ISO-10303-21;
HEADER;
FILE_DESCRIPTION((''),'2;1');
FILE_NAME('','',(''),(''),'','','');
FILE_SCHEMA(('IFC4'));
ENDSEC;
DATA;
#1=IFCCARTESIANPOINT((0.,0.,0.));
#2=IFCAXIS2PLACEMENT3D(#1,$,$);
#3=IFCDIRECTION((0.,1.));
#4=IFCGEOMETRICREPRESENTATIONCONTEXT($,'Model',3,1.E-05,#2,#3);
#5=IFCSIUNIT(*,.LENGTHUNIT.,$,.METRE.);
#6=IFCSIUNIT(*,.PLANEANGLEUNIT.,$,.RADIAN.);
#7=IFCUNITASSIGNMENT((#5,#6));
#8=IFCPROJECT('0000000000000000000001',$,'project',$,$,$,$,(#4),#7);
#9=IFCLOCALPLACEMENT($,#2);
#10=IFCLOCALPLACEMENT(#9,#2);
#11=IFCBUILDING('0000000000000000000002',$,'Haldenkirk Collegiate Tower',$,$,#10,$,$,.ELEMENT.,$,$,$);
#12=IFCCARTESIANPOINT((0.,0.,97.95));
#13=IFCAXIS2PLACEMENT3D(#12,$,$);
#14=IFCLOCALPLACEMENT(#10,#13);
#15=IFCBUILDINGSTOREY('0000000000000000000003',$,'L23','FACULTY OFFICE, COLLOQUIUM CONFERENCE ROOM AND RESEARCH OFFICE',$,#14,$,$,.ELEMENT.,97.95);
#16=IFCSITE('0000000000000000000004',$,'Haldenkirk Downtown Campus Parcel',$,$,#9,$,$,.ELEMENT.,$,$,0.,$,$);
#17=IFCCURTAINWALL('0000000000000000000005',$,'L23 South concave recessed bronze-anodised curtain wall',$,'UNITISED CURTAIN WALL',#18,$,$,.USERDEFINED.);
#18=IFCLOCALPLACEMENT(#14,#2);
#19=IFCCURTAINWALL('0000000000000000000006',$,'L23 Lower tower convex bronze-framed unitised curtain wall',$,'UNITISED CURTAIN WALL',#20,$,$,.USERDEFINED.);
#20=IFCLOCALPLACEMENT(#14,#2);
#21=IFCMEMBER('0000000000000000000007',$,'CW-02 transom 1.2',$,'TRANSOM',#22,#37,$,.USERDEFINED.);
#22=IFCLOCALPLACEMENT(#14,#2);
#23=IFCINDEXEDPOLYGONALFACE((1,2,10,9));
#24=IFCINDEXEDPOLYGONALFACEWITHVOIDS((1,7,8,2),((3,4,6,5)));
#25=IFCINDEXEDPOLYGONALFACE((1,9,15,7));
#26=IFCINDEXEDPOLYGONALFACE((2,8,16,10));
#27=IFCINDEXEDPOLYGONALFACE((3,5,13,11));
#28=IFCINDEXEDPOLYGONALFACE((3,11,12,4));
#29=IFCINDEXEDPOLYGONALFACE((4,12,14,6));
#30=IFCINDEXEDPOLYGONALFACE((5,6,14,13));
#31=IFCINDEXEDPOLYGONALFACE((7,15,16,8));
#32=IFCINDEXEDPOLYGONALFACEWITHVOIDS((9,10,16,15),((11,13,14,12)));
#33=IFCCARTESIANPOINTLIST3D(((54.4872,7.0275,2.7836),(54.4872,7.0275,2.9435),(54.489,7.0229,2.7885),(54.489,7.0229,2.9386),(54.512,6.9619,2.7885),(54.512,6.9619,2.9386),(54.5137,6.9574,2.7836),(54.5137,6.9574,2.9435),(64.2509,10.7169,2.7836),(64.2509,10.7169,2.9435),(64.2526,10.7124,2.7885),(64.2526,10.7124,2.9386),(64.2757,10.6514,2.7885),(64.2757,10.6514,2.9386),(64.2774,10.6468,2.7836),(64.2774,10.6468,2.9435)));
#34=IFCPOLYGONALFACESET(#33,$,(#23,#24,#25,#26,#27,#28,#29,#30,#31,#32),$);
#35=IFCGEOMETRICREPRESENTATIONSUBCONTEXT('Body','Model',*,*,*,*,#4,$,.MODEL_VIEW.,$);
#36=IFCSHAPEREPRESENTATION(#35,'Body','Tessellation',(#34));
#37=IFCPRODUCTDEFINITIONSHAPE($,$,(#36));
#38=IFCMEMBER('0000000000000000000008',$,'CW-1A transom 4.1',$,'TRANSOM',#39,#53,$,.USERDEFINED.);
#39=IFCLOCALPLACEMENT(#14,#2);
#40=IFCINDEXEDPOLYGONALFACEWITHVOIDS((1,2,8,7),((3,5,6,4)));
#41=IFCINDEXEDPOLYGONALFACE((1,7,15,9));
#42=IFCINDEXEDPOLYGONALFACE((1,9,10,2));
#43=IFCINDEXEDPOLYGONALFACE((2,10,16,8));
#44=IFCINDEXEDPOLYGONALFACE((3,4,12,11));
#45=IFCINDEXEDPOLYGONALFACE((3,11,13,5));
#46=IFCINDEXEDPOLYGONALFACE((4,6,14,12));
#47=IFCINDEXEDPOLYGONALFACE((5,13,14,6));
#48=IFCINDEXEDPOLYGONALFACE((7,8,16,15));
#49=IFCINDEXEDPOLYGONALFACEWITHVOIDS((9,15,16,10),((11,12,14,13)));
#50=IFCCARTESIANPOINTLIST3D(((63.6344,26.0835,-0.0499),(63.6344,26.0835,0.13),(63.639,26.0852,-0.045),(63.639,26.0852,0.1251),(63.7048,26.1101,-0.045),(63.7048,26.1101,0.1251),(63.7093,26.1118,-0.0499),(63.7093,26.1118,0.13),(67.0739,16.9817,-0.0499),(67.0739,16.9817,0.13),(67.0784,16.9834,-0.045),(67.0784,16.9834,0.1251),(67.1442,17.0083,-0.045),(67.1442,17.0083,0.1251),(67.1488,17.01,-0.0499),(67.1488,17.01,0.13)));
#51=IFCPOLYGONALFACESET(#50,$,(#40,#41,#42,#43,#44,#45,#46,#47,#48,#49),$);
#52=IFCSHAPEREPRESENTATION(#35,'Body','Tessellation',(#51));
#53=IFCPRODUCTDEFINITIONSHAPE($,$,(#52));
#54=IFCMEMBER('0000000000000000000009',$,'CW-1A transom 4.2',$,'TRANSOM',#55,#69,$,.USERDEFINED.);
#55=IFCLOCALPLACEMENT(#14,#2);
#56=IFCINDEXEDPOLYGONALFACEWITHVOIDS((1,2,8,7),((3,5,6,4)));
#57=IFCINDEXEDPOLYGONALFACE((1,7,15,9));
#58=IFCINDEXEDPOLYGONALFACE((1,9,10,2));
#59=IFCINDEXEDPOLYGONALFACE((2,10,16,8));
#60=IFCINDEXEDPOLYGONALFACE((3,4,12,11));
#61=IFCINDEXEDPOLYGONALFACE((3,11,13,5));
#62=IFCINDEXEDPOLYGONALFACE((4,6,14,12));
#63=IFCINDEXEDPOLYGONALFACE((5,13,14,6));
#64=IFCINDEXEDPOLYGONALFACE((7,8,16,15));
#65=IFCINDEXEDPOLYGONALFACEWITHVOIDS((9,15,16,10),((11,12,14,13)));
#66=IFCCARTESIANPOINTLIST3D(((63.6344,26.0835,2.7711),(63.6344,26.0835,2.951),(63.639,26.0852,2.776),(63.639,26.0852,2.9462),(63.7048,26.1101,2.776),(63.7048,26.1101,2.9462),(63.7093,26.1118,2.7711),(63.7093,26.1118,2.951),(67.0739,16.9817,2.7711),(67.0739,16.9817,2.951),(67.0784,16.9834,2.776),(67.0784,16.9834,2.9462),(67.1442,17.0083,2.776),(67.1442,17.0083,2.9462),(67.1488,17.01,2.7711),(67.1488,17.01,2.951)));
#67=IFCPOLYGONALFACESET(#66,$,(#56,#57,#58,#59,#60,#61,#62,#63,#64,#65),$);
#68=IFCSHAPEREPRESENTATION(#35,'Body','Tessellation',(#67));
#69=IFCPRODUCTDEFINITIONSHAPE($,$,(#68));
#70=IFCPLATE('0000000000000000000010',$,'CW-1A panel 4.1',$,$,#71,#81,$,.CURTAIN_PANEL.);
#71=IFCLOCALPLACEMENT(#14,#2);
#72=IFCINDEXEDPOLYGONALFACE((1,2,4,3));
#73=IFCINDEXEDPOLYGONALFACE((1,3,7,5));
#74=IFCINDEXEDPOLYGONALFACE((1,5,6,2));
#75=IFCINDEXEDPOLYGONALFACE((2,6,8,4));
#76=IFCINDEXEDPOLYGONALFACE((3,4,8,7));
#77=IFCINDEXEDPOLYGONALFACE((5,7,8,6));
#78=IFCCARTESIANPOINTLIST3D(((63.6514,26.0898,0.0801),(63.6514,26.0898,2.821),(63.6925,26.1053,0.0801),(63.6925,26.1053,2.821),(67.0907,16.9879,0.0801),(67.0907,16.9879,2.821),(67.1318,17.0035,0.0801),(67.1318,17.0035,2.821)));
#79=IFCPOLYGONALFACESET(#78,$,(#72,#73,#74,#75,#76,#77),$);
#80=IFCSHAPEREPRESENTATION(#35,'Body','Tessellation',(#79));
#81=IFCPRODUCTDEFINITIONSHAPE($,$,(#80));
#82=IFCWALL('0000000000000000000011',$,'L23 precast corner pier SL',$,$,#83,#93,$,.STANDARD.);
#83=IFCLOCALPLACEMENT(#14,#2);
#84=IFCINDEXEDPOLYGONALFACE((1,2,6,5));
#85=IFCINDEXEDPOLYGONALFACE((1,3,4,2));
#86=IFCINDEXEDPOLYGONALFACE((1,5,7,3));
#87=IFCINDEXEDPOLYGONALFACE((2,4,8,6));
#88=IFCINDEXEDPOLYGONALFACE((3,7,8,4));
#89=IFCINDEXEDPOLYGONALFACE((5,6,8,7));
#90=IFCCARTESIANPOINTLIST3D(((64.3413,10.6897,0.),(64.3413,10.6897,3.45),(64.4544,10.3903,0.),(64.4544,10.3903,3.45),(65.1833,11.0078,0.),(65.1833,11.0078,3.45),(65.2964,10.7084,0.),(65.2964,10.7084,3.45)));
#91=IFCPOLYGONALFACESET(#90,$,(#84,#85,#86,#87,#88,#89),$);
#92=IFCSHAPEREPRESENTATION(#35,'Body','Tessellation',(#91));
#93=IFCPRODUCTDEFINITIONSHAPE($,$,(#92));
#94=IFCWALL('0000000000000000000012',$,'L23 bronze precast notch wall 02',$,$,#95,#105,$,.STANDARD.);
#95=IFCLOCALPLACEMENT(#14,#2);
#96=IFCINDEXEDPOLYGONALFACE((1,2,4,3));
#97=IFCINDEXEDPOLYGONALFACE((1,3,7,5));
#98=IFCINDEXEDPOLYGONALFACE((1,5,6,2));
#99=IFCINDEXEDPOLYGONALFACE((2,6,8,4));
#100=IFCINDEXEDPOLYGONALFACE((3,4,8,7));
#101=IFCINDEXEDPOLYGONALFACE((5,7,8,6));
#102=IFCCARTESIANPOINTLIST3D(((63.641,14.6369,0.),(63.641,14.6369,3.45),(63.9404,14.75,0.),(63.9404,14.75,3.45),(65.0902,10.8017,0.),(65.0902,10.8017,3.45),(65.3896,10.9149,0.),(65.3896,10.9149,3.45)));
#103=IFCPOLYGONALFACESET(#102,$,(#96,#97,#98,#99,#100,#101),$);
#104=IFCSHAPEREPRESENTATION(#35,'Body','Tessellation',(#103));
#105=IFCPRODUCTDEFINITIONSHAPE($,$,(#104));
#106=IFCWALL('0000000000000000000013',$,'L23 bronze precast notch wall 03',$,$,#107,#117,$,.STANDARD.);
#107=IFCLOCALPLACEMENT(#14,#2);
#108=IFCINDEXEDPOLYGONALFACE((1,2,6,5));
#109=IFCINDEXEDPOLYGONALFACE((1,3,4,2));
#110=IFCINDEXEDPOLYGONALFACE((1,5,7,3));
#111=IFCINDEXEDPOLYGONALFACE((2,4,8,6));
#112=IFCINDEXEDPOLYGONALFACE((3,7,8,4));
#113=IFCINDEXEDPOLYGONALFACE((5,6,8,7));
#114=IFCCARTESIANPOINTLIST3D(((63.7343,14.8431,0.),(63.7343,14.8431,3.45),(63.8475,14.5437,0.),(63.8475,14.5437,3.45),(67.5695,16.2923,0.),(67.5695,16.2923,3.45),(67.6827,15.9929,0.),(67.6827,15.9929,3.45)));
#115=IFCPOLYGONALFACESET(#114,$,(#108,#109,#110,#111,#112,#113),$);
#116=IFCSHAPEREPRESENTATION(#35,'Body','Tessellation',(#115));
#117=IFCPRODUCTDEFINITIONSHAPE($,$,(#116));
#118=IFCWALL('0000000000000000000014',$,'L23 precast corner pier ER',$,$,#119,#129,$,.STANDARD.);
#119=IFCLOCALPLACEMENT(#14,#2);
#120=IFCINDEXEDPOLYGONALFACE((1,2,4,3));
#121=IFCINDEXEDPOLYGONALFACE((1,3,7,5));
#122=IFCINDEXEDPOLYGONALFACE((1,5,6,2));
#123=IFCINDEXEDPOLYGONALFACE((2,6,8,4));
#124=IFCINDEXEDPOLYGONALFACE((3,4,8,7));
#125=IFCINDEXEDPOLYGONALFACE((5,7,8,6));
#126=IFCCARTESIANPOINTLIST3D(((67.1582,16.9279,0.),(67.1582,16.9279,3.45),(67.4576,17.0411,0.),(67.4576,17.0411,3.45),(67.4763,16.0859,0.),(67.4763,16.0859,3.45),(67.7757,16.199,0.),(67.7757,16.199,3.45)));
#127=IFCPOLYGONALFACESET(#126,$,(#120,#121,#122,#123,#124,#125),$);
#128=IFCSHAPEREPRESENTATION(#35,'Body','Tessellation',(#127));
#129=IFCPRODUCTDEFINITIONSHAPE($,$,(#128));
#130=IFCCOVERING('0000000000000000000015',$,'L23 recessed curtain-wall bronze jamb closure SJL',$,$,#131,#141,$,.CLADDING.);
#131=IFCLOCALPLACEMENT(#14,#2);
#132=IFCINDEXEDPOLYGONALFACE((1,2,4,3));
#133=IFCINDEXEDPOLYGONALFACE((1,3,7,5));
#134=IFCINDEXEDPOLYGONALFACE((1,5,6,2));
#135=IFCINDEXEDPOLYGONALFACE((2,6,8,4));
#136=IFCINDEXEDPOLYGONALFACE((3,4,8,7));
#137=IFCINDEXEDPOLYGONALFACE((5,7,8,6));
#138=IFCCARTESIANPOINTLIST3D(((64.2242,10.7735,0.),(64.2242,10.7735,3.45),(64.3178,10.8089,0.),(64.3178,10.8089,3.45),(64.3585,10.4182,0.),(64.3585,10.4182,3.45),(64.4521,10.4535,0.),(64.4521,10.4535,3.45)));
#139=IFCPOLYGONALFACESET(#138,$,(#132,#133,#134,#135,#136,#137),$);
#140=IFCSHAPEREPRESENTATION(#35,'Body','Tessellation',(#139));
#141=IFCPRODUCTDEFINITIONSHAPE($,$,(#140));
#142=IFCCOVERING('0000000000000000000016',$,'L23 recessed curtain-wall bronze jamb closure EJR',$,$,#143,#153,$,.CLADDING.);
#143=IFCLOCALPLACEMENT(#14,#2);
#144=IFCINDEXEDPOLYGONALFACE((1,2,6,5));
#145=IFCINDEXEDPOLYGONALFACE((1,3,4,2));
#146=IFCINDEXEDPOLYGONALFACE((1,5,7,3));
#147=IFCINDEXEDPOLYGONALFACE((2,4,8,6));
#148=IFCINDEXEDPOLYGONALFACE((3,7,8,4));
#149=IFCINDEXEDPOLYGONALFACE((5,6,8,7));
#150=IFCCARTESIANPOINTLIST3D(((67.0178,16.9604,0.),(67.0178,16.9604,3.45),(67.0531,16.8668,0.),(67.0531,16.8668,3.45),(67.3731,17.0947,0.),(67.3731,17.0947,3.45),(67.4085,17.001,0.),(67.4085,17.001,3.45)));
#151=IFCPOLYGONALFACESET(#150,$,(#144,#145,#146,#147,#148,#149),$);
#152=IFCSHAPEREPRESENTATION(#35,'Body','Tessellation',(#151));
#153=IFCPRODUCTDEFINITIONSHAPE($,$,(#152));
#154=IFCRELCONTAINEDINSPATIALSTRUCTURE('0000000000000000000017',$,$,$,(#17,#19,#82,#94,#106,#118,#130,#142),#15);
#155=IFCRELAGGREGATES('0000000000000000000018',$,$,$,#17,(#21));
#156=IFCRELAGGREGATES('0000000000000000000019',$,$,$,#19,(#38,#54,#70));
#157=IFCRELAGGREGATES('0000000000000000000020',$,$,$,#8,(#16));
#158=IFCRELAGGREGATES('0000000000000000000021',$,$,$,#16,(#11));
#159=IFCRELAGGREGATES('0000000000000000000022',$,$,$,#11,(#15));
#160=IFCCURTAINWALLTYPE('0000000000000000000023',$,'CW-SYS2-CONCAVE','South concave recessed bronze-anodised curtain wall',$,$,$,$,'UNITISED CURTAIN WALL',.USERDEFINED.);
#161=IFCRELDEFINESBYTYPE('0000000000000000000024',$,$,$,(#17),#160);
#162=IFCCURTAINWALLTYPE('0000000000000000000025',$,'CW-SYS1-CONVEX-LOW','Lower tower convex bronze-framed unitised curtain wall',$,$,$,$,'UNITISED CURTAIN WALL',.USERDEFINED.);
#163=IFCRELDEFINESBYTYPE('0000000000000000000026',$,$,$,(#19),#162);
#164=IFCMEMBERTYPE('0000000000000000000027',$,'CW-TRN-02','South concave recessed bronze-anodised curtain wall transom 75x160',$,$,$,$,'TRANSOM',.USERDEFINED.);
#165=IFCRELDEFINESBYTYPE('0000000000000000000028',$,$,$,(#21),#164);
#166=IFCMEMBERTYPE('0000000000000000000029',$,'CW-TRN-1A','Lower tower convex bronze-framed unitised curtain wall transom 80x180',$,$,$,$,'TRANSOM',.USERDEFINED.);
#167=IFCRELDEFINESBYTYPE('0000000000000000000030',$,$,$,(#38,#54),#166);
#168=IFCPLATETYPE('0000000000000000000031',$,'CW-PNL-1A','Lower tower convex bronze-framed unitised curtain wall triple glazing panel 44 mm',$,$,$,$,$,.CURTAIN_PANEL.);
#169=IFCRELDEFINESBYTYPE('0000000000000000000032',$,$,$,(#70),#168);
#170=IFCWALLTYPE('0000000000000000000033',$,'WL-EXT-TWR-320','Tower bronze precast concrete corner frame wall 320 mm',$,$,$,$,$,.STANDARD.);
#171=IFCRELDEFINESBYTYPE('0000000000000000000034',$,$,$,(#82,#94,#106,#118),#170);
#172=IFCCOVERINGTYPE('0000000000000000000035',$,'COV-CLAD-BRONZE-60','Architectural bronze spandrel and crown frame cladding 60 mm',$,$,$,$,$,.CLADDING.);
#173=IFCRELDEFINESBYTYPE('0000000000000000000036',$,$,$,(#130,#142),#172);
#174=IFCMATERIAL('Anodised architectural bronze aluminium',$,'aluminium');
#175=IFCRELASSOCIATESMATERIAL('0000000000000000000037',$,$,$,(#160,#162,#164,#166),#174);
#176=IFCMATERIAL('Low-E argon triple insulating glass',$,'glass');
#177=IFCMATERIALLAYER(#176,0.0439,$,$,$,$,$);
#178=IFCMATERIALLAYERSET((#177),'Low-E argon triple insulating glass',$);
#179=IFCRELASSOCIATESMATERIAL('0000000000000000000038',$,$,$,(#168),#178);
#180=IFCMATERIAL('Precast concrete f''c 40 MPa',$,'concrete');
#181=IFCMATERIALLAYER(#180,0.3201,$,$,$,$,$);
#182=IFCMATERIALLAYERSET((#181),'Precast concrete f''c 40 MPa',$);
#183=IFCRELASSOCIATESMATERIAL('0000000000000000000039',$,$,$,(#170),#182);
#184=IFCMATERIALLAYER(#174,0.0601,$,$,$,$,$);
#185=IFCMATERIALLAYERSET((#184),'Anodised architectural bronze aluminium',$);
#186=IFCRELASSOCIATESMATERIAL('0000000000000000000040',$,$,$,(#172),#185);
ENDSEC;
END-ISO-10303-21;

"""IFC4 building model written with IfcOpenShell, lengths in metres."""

from ifc_helpers import new_model, si_unit, direction, frame, frame_2d, origin, origin_2d, place, context, subcontext, project, spatial, rectangle, hollow_rectangle, extrude, source, transform, mapped, material, layer, layer_set, material_profile, profile_set, type_object, element, aggregate, save


model = new_model("IFC4")

# Units and contexts
model_context = context("Model", 3, precision=1e-05, world=origin(), true_north=direction((0.0, 1.0)))
body_context = subcontext(model_context, "Body", "Model", "MODEL_VIEW")
ifc_project = project(units=[si_unit("LENGTHUNIT", "METRE"), si_unit("PLANEANGLEUNIT", "RADIAN")], contexts=[model_context])

# Site, building, storey
site_placement = place(None, origin())
site = spatial("IfcSite", under=ifc_project, at=site_placement, Name="Haldenkirk Downtown Campus Parcel", CompositionType="ELEMENT", RefElevation=0.0)
building_placement = place(site_placement, origin())
building = spatial("IfcBuilding", under=site, at=building_placement, Name="Haldenkirk Collegiate Tower", CompositionType="ELEMENT")
storey_placement = place(building_placement, frame((0.0, 0.0, 97.95)))
storey = spatial("IfcBuildingStorey", under=building, at=storey_placement, Name="L23", Description="FACULTY OFFICE, COLLOQUIUM CONFERENCE ROOM AND RESEARCH OFFICE", CompositionType="ELEMENT", Elevation=97.95)

# Curtain walls
ifc_material_1 = material(Name="Anodised architectural bronze aluminium", Category="aluminium")
curtain_wall_type_1 = type_object("IfcCurtainWallType", Name="CW-SYS2-CONCAVE", Description="South concave recessed bronze-anodised curtain wall", ElementType="UNITISED CURTAIN WALL", PredefinedType="USERDEFINED", material=ifc_material_1)
curtain_wall_1_placement = place(storey_placement, origin())
curtain_wall_1 = element("IfcCurtainWall", 1, at=curtain_wall_1_placement, inside=storey, type_object=curtain_wall_type_1, Name="L23 South concave recessed bronze-anodised curtain wall", ObjectType="UNITISED CURTAIN WALL", PredefinedType="USERDEFINED")
curtain_wall_type_2 = type_object("IfcCurtainWallType", Name="CW-SYS1-CONVEX-LOW", Description="Lower tower convex bronze-framed unitised curtain wall", ElementType="UNITISED CURTAIN WALL", PredefinedType="USERDEFINED", material=ifc_material_1)
curtain_wall_2_placement = place(storey_placement, origin())
curtain_wall_2 = element("IfcCurtainWall", 2, at=curtain_wall_2_placement, inside=storey, type_object=curtain_wall_type_2, Name="L23 Lower tower convex bronze-framed unitised curtain wall", ObjectType="UNITISED CURTAIN WALL", PredefinedType="USERDEFINED")

# Members
ifc_material_profile_1 = material_profile(ifc_material_1, hollow_rectangle(XDim=0.075, YDim=0.1599, WallThickness=0.0049, at=origin_2d()), Name="CW-TRN-02")
ifc_profile_set_1 = profile_set([ifc_material_profile_1], Name="Anodised architectural bronze aluminium")
member_type_1 = type_object("IfcMemberType", Name="CW-TRN-02", Description="South concave recessed bronze-anodised curtain wall transom 75x160", ElementType="TRANSOM", PredefinedType="USERDEFINED", material=ifc_profile_set_1)
member_1_placement = place(storey_placement, frame((64.2642, 10.6819, 2.8635), z_axis=(-0.935442, -0.353481, 0.0), x_axis=(0.353481, -0.935442, 0.0)))
member_1 = element("IfcMember", 3, at=member_1_placement, type_object=member_type_1, Name="CW-02 transom 1.2", ObjectType="TRANSOM", PredefinedType="USERDEFINED", context=body_context, shape_type="SweptSolid", body=[
    extrude(hollow_rectangle(XDim=0.075, YDim=0.1599, WallThickness=0.0049, at=origin_2d()), origin(), (0.0, 0.0, 1.0), 10.4375),
])
aggregate(curtain_wall_1, [member_1])
ifc_material_profile_2 = material_profile(ifc_material_1, hollow_rectangle(XDim=0.0801, YDim=0.1799, WallThickness=0.0049, at=origin_2d()), Name="CW-TRN-1A")
ifc_profile_set_2 = profile_set([ifc_material_profile_2], Name="Anodised architectural bronze aluminium")
member_type_2 = type_object("IfcMemberType", Name="CW-TRN-1A", Description="Lower tower convex bronze-framed unitised curtain wall transom 80x180", ElementType="TRANSOM", PredefinedType="USERDEFINED", material=ifc_profile_set_2)
member_2_placement = place(storey_placement, frame((63.6719, 26.0977, 0.04), z_axis=(0.35349, -0.935438, 0.0), x_axis=(0.935438, 0.35349, 0.0)))
member_2 = element("IfcMember", 4, at=member_2_placement, type_object=member_type_2, Name="CW-1A transom 4.1", ObjectType="TRANSOM", PredefinedType="USERDEFINED", context=body_context, shape_type="SweptSolid", body=[
    extrude(hollow_rectangle(XDim=0.0801, YDim=0.1799, WallThickness=0.0049, at=origin_2d()), origin(), (0.0, 0.0, 1.0), 9.73),
])
member_3_placement = place(storey_placement, frame((63.6719, 26.0977, 2.8611), z_axis=(0.35349, -0.935438, 0.0), x_axis=(0.935438, 0.35349, 0.0)))
member_3 = element("IfcMember", 5, at=member_3_placement, type_object=member_type_2, Name="CW-1A transom 4.2", ObjectType="TRANSOM", PredefinedType="USERDEFINED", context=body_context, shape_type="SweptSolid", body=[
    extrude(hollow_rectangle(XDim=0.0801, YDim=0.1799, WallThickness=0.0049, at=origin_2d()), origin(), (0.0, 0.0, 1.0), 9.73),
])

# Plate
ifc_material_2 = material(Name="Low-E argon triple insulating glass", Category="glass")
ifc_layer_1 = layer(ifc_material_2, 0.0439)
ifc_layer_set_1 = layer_set([ifc_layer_1], Name="Low-E argon triple insulating glass")
plate_type = type_object("IfcPlateType", Name="CW-PNL-1A", Description="Lower tower convex bronze-framed unitised curtain wall triple glazing panel 44 mm", PredefinedType="CURTAIN_PANEL", material=ifc_layer_set_1)
shared_shape_1 = source(origin(), body_context, "Body", "SweptSolid", [
    extrude(rectangle(XDim=9.73, YDim=0.0439, at=origin_2d()), origin(), (0.0, 0.0, 1.0), 2.741),
])
plate_placement = place(storey_placement, frame((65.3916, 21.5466, 0.0801), z_axis=(0.0, 0.0, 1.0), x_axis=(0.353477, -0.935443, 0.0)))
plate = element("IfcPlate", 6, at=plate_placement, type_object=plate_type, Name="CW-1A panel 4.1", PredefinedType="CURTAIN_PANEL", context=body_context, shape_type="MappedRepresentation", body=[
    mapped(shared_shape_1, transform((0.0, 0.0, 0.0), x_axis=(1.0, 0.0, 0.0), y_axis=(0.0, 1.0, 0.0), z_axis=(0.0, 0.0, 1.0), scale=1.0)),
])
aggregate(curtain_wall_2, [member_2, member_3, plate])

# Walls
ifc_material_3 = material(Name="Precast concrete f'c 40 MPa", Category="concrete")
ifc_layer_2 = layer(ifc_material_3, 0.3201)
ifc_layer_set_2 = layer_set([ifc_layer_2], Name="Precast concrete f'c 40 MPa")
wall_type = type_object("IfcWallType", Name="WL-EXT-TWR-320", Description="Tower bronze precast concrete corner frame wall 320 mm", PredefinedType="STANDARD", material=ifc_layer_set_2)
wall_1_placement = place(storey_placement, frame((65.24, 10.8582, 0.0), z_axis=(0.0, 0.0, 1.0), x_axis=(-0.935468, -0.353411, 0.0)))
element("IfcWall", 7, at=wall_1_placement, inside=storey, type_object=wall_type, Name="L23 precast corner pier SL", PredefinedType="STANDARD", context=body_context, shape_type="SweptSolid", body=[
    extrude(rectangle(XDim=0.9001, YDim=0.3201, at=frame_2d((0.4502, 0.0))), origin(), (0.0, 0.0, 1.0), 3.45),
])
for number, where, z_axis, x_axis, name in (
    (8, (63.7908, 14.6934, 0.0), (0.0, 0.0, 1.0), (0.353478, -0.935443, 0.0), "L23 bronze precast notch wall 02"),
    (9, (67.626, 16.1426, 0.0), (0.0, 0.0, 1.0), (-0.935443, -0.353478, 0.0), "L23 bronze precast notch wall 03"),
):
    element("IfcWall", number, at=place(storey_placement, frame(where, z_axis=z_axis, x_axis=x_axis)), inside=storey, type_object=wall_type, Name=name, PredefinedType="STANDARD", context=body_context, shape_type="SweptSolid", body=[
        extrude(rectangle(XDim=4.0999, YDim=0.3201, at=frame_2d((2.0498, 0.0))), origin(), (0.0, 0.0, 1.0), 3.45),
    ])
wall_2_placement = place(storey_placement, frame((67.3079, 16.9846, 0.0), z_axis=(0.0, 0.0, 1.0), x_axis=(0.353411, -0.935468, 0.0)))
element("IfcWall", 10, at=wall_2_placement, inside=storey, type_object=wall_type, Name="L23 precast corner pier ER", PredefinedType="STANDARD", context=body_context, shape_type="SweptSolid", body=[
    extrude(rectangle(XDim=0.9001, YDim=0.3201, at=frame_2d((0.4502, 0.0))), origin(), (0.0, 0.0, 1.0), 3.45),
])

# Coverings
ifc_layer_3 = layer(ifc_material_1, 0.0601)
ifc_layer_set_3 = layer_set([ifc_layer_3], Name="Anodised architectural bronze aluminium")
covering_type = type_object("IfcCoveringType", Name="COV-CLAD-BRONZE-60", Description="Architectural bronze spandrel and crown frame cladding 60 mm", PredefinedType="CLADDING", material=ifc_layer_set_3)
shared_shape_2 = source(origin(), body_context, "Body", "SweptSolid", [
    extrude(rectangle(XDim=0.1001, YDim=0.3799, at=origin_2d()), origin(), (0.0, 0.0, 1.0), 3.45),
])
for number, where, z_axis, x_axis, name in (
    (11, (64.3381, 10.6135, 0.0), (0.0, 0.0, 1.0), (-0.935444, -0.353475, 0.0), "L23 recessed curtain-wall bronze jamb closure SJL"),
    (12, (67.2131, 16.9807, 0.0), (0.0, 0.0, 1.0), (0.353475, -0.935444, 0.0), "L23 recessed curtain-wall bronze jamb closure EJR"),
):
    element("IfcCovering", number, at=place(storey_placement, frame(where, z_axis=z_axis, x_axis=x_axis)), inside=storey, type_object=covering_type, Name=name, PredefinedType="CLADDING", context=body_context, shape_type="MappedRepresentation", body=[
        mapped(shared_shape_2, transform((0.0, 0.0, 0.0), x_axis=(1.0, 0.0, 0.0), y_axis=(0.0, 1.0, 0.0), z_axis=(0.0, 0.0, 1.0), scale=1.0)),
    ])

save(model, "model.ifc")
